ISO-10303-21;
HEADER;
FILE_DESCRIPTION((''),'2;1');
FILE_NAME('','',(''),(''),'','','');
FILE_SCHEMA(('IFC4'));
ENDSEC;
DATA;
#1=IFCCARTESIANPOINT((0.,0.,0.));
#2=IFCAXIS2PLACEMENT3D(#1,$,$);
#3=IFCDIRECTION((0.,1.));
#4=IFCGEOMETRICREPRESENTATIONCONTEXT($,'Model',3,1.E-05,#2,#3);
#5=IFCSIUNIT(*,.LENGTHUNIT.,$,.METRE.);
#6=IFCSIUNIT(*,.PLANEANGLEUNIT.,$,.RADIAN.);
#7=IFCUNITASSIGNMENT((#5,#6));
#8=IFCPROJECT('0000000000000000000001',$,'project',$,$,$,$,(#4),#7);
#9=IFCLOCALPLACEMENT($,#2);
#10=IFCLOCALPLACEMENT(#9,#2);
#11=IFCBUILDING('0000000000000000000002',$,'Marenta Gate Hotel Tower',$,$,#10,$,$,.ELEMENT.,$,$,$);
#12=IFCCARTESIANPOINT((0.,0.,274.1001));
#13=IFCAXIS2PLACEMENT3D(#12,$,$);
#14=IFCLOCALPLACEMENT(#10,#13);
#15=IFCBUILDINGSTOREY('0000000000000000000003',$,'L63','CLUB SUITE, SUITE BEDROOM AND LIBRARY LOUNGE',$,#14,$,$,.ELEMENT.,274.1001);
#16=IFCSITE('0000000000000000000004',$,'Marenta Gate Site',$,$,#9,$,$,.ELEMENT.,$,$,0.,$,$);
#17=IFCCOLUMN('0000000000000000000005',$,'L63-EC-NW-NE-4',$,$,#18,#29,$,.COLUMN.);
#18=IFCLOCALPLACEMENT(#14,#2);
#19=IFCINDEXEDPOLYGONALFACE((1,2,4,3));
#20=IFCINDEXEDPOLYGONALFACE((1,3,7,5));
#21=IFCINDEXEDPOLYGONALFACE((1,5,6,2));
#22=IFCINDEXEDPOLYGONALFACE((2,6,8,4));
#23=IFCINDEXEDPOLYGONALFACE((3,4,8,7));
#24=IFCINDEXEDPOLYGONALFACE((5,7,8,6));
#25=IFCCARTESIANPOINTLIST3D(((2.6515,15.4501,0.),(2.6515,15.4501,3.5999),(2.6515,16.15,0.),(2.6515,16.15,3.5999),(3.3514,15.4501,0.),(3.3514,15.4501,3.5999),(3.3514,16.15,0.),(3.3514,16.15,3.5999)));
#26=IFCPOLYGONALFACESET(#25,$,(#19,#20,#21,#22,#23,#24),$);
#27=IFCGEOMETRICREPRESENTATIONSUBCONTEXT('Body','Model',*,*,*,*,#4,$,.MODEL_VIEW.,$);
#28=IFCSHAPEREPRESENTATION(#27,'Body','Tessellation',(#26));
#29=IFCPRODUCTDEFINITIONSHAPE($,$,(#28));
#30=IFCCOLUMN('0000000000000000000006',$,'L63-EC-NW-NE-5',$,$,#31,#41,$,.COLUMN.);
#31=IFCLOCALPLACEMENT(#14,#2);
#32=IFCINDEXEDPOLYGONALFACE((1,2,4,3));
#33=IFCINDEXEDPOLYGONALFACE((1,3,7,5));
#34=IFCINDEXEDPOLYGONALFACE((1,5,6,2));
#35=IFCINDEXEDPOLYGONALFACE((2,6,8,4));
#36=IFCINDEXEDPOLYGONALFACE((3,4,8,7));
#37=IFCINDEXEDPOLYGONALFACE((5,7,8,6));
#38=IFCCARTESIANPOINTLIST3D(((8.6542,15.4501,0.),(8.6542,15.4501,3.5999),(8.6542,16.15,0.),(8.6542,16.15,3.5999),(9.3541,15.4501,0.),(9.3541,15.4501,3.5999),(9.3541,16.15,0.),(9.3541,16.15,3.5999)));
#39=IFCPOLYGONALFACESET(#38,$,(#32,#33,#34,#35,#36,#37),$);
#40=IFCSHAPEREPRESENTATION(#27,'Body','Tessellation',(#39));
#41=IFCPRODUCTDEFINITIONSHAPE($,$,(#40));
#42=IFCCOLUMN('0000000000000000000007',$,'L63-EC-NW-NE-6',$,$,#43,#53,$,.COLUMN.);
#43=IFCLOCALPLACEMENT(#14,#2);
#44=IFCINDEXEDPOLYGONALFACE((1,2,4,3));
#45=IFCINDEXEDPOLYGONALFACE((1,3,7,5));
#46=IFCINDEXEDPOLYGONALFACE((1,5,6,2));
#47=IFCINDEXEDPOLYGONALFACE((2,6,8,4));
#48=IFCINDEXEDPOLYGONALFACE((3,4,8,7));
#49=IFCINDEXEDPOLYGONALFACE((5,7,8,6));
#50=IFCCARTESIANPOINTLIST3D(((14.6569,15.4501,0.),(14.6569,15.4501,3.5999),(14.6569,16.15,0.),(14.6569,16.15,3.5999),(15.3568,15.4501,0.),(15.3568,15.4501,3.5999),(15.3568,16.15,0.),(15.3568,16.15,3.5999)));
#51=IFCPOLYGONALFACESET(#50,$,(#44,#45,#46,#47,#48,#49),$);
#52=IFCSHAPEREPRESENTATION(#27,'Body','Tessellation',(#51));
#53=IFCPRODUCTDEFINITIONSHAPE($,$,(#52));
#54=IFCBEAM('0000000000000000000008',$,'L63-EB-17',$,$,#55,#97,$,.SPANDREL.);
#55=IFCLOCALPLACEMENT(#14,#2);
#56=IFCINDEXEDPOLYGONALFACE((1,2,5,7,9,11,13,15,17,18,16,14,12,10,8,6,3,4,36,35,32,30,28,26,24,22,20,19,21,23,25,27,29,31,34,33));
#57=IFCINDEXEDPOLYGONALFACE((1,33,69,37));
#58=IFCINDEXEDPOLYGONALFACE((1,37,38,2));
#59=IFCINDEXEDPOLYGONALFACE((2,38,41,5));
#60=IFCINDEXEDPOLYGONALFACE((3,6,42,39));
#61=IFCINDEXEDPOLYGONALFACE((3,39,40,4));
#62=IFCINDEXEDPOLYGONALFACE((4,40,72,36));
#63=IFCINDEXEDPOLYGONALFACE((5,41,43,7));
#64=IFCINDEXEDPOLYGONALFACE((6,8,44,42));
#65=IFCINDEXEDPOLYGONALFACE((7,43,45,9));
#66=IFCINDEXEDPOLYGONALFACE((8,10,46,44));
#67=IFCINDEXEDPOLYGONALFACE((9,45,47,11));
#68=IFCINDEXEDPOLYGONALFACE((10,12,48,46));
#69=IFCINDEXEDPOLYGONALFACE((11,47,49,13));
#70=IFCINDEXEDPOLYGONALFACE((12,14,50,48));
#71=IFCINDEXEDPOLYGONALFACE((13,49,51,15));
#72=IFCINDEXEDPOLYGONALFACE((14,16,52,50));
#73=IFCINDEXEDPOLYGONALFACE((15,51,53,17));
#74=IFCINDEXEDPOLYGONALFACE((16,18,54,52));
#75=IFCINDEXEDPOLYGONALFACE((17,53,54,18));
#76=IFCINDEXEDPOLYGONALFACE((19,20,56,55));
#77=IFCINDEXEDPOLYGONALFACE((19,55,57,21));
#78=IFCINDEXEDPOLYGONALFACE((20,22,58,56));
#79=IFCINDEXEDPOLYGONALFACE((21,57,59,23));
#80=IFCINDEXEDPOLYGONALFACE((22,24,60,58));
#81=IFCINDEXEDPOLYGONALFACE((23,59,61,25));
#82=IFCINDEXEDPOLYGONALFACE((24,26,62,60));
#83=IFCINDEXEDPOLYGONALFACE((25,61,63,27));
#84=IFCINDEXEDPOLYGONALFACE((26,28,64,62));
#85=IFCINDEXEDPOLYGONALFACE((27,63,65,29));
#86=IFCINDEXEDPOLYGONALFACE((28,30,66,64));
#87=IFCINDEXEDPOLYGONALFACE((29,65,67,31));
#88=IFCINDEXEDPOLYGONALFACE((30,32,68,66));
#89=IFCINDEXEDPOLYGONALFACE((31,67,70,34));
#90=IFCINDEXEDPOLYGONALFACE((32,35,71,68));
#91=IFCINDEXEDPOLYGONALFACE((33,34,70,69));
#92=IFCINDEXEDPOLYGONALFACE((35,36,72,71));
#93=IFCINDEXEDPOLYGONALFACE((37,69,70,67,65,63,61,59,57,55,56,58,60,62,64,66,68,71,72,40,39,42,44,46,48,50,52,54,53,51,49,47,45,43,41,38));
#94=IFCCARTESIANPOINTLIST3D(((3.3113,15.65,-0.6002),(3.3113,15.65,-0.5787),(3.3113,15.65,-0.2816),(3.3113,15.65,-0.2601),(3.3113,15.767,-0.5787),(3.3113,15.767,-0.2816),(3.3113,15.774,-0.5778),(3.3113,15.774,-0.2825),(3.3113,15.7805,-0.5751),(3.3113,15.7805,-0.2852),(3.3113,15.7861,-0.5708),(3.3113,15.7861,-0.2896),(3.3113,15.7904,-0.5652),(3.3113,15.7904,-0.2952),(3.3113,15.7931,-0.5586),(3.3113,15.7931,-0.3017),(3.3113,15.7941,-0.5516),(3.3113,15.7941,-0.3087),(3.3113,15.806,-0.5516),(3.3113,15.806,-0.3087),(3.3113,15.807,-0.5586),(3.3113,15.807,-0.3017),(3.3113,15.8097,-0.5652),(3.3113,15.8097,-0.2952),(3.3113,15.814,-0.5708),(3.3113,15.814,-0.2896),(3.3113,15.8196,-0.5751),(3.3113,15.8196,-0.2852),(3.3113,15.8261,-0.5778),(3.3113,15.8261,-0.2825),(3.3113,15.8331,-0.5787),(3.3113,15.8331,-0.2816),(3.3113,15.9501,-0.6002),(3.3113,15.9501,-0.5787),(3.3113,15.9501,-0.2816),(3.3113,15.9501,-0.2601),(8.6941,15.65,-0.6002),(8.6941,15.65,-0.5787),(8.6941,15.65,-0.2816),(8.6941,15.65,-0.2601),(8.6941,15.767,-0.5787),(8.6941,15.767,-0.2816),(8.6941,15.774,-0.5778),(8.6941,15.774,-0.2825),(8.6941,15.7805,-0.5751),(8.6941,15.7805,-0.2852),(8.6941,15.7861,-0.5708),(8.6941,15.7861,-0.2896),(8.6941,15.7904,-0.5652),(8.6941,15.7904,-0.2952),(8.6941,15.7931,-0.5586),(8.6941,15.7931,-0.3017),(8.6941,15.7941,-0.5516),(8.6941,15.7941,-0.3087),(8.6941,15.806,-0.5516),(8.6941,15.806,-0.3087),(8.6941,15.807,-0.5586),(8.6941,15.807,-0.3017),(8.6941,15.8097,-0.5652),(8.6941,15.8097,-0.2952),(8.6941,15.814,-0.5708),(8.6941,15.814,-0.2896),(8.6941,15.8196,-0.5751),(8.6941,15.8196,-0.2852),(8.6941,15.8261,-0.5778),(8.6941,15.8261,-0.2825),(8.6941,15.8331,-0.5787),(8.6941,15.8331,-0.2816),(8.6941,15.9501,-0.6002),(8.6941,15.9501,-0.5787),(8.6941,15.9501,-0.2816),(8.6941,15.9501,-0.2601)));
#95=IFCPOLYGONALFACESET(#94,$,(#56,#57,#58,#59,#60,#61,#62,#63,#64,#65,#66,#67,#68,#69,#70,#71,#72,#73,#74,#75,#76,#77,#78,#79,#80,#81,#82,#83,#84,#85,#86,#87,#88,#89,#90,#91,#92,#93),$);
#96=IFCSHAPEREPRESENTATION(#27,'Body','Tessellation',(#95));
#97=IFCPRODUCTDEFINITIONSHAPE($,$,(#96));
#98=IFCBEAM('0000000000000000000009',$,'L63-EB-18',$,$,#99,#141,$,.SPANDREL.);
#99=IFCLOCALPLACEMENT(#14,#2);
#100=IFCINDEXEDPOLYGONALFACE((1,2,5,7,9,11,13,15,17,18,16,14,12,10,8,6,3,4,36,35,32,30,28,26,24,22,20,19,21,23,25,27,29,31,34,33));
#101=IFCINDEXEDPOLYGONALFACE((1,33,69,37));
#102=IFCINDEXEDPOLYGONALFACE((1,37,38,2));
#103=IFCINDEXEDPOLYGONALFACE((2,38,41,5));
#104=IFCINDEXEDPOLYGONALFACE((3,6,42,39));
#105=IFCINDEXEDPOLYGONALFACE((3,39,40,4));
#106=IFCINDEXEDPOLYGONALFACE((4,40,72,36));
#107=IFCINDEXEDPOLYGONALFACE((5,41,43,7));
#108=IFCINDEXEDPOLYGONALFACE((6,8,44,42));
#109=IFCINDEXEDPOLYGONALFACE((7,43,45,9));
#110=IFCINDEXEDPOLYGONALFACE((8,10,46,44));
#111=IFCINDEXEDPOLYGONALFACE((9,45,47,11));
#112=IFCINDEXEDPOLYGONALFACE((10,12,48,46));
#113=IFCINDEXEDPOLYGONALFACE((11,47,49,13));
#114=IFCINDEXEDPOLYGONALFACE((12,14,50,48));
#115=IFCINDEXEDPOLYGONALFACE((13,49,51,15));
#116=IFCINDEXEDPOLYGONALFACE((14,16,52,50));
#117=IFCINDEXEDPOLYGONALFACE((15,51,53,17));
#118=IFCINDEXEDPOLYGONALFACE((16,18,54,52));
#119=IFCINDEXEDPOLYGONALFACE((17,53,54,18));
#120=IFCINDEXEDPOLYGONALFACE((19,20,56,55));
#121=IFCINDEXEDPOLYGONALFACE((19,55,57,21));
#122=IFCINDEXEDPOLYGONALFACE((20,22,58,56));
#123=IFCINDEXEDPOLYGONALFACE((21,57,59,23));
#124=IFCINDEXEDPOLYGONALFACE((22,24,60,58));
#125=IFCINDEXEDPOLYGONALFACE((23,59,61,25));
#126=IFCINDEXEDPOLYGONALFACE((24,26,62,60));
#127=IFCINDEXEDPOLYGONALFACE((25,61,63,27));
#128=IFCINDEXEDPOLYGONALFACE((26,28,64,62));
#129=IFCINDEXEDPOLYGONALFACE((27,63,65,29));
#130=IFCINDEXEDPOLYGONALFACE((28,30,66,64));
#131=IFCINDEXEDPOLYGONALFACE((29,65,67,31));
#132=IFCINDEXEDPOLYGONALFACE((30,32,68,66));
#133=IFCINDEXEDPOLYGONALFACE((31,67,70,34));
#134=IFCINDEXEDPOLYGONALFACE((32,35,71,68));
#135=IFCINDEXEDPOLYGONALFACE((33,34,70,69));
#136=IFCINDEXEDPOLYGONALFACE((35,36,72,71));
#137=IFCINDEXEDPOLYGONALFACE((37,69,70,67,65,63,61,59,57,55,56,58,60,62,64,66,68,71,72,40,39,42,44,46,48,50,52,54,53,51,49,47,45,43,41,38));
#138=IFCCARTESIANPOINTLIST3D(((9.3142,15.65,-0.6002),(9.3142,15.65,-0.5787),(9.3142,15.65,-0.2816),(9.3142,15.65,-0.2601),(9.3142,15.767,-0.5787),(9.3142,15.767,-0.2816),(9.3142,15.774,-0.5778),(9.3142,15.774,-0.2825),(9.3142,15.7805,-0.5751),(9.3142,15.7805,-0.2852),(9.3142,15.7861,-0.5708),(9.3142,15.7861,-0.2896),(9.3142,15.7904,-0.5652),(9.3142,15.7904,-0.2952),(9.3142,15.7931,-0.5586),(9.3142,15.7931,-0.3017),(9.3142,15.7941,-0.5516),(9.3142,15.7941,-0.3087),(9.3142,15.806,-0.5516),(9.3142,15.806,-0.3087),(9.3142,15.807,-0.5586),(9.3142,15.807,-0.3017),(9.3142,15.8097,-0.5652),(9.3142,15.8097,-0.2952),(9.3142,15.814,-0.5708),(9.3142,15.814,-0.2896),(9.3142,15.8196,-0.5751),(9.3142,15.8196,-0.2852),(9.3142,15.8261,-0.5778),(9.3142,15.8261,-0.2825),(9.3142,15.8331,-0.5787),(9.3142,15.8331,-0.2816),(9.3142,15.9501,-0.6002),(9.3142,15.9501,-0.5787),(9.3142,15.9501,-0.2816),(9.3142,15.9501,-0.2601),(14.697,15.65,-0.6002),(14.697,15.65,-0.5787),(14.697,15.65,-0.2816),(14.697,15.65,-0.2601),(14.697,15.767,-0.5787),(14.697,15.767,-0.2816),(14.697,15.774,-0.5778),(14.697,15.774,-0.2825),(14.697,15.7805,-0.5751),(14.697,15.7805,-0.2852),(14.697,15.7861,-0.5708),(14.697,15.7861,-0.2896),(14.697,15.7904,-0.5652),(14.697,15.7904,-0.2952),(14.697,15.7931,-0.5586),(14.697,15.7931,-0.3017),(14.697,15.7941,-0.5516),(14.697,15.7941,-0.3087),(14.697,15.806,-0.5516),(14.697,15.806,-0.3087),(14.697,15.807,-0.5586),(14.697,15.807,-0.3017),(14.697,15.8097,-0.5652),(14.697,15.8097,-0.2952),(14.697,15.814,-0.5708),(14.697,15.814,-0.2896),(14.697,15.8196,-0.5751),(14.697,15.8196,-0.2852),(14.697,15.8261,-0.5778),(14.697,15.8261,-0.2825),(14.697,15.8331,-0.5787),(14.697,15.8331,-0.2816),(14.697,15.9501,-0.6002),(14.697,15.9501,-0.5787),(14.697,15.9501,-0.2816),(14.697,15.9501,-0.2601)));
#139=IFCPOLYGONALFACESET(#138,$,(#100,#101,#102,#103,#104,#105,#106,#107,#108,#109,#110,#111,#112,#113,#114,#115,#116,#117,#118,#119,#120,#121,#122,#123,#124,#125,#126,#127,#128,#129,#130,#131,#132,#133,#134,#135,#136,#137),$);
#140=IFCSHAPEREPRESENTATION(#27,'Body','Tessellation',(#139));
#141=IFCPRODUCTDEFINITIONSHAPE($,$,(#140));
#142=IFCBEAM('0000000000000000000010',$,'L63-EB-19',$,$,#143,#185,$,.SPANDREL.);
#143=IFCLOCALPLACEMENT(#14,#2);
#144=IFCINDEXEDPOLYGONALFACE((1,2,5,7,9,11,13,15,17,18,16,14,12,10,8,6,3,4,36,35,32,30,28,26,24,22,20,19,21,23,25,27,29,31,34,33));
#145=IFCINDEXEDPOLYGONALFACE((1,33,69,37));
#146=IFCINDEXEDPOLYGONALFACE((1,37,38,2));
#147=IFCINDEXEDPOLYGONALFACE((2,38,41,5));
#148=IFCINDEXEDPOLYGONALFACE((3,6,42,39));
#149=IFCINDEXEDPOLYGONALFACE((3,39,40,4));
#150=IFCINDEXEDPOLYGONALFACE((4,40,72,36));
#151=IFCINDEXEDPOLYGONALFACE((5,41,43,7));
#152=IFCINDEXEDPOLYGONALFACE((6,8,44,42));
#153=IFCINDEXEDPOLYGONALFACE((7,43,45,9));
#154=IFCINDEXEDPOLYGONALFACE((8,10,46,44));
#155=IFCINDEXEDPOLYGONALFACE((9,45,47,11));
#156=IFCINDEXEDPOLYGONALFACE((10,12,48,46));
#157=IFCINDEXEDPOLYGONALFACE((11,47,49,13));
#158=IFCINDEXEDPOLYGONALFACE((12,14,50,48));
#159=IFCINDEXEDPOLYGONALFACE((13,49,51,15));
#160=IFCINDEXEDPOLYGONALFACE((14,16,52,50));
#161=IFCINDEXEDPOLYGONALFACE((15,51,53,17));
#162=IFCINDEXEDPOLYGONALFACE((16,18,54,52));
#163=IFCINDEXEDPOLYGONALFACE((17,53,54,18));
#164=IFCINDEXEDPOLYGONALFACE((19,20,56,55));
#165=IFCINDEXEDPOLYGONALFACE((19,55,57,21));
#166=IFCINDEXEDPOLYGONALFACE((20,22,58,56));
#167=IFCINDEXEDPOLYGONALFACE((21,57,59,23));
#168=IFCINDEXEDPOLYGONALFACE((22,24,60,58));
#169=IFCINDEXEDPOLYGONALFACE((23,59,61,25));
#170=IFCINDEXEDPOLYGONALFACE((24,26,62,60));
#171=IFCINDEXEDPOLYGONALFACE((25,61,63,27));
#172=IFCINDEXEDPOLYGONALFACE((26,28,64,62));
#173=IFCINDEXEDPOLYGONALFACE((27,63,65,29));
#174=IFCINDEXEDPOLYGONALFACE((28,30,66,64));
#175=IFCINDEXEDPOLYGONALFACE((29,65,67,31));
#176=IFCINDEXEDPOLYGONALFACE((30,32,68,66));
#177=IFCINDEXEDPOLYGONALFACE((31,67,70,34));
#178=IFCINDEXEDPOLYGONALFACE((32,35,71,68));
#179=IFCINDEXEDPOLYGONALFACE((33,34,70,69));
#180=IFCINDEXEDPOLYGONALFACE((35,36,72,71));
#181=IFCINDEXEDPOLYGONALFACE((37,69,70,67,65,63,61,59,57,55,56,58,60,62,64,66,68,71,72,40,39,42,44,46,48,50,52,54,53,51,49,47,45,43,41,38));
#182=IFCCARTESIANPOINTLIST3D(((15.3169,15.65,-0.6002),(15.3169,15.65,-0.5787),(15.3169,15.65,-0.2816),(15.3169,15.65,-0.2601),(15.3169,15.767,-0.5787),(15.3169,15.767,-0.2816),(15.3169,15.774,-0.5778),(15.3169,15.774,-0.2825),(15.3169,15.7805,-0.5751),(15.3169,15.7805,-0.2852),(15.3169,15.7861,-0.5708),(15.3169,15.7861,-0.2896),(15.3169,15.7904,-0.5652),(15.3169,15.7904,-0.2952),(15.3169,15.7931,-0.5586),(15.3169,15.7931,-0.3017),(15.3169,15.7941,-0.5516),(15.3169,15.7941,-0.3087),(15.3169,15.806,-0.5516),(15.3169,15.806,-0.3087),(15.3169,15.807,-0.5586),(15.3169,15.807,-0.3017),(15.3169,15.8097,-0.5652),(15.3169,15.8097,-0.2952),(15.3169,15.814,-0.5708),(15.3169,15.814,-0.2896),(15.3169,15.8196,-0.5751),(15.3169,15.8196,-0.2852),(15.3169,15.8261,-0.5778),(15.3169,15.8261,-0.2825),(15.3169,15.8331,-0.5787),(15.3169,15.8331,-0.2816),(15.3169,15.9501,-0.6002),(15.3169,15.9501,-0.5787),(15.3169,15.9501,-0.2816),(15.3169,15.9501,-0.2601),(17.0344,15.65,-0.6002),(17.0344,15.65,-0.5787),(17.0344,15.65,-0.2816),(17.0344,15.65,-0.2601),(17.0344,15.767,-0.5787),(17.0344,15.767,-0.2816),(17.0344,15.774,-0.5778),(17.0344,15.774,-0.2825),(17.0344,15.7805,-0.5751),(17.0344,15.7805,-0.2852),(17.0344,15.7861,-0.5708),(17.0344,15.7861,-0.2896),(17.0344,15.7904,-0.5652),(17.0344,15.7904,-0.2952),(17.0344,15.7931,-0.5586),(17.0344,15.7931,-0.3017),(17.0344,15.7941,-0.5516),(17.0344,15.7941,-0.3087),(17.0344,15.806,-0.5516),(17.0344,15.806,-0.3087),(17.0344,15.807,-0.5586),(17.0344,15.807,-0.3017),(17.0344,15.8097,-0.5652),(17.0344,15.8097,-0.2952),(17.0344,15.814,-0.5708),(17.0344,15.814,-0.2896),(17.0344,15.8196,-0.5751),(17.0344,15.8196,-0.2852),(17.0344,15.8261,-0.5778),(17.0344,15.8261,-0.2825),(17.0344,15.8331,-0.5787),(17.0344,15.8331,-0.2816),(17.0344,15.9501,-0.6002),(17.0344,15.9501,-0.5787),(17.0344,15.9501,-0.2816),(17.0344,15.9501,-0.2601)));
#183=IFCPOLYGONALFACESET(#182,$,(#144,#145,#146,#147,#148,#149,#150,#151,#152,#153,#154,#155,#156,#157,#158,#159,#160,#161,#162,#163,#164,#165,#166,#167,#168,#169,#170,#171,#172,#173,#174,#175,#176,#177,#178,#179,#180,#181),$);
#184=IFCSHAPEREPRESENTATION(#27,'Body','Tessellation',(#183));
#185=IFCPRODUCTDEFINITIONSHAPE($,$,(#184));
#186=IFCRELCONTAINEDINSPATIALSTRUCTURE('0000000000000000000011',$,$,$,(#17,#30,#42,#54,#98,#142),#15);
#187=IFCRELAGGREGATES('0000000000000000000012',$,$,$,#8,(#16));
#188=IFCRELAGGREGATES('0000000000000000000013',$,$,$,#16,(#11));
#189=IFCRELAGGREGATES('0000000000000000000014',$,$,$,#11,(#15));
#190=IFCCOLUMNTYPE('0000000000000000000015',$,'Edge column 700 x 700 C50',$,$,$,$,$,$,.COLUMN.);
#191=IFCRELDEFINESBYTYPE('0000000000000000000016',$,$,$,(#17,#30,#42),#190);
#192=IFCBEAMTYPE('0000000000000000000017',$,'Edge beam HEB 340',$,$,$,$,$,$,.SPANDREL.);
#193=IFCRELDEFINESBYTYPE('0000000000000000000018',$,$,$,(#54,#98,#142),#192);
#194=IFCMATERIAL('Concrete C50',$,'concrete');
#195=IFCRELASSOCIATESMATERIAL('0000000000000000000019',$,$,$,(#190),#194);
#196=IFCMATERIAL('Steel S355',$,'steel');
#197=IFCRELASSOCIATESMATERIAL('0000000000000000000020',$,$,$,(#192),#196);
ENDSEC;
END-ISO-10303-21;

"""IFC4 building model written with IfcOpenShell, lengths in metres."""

from ifc_helpers import new_model, si_unit, direction, frame, origin, origin_2d, place, context, subcontext, project, spatial, rectangle, i_section, extrude, material, material_profile, profile_set, type_object, element, save


model = new_model("IFC4")

# Units and contexts
model_context = context("Model", 3, precision=1e-05, world=origin(), true_north=direction((0.0, 1.0)))
body_context = subcontext(model_context, "Body", "Model", "MODEL_VIEW")
ifc_project = project(units=[si_unit("LENGTHUNIT", "METRE"), si_unit("PLANEANGLEUNIT", "RADIAN")], contexts=[model_context])

# Site, building, storey
site_placement = place(None, origin())
site = spatial("IfcSite", under=ifc_project, at=site_placement, Name="Marenta Gate Site", CompositionType="ELEMENT", RefElevation=0.0)
building_placement = place(site_placement, origin())
building = spatial("IfcBuilding", under=site, at=building_placement, Name="Marenta Gate Hotel Tower", CompositionType="ELEMENT")
storey_placement = place(building_placement, frame((0.0, 0.0, 274.1001)))
storey = spatial("IfcBuildingStorey", under=building, at=storey_placement, Name="L63", Description="CLUB SUITE, SUITE BEDROOM AND LIBRARY LOUNGE", CompositionType="ELEMENT", Elevation=274.1001)

# Columns
ifc_material_1 = material(Name="Concrete C50", Category="concrete")
ifc_material_profile_1 = material_profile(ifc_material_1, rectangle(XDim=0.7, YDim=0.7, at=origin_2d()), Name="700 x 700")
ifc_profile_set_1 = profile_set([ifc_material_profile_1], Name="Concrete C50")
column_type = type_object("IfcColumnType", Name="Edge column 700 x 700 C50", PredefinedType="COLUMN", material=ifc_profile_set_1)
for number, where, z_axis, x_axis, name in (
    (1, (3.0015, 15.8, 0.0), (0.0, 0.0, 1.0), (1.0, 0.0, 0.0), "L63-EC-NW-NE-4"),
    (2, (9.0042, 15.8, 0.0), (0.0, 0.0, 1.0), (1.0, 0.0, 0.0), "L63-EC-NW-NE-5"),
    (3, (15.0068, 15.8, 0.0), (0.0, 0.0, 1.0), (1.0, 0.0, 0.0), "L63-EC-NW-NE-6"),
):
    element("IfcColumn", number, at=place(storey_placement, frame(where, z_axis=z_axis, x_axis=x_axis)), inside=storey, type_object=column_type, Name=name, PredefinedType="COLUMN", context=body_context, shape_type="SweptSolid", body=[
        extrude(rectangle(XDim=0.7, YDim=0.7, at=origin_2d()), origin(), (0.0, 0.0, 1.0), 3.5999),
    ])

# Beams
ifc_material_2 = material(Name="Steel S355", Category="steel")
ifc_material_profile_2 = material_profile(ifc_material_2, i_section(OverallWidth=0.3, OverallDepth=0.3401, WebThickness=0.012, FlangeThickness=0.0215, FilletRadius=0.0271, at=origin_2d()), Name="HEB 340")
ifc_profile_set_2 = profile_set([ifc_material_profile_2], Name="Steel S355")
beam_type_1 = type_object("IfcBeamType", Name="Edge beam HEB 340", PredefinedType="SPANDREL", material=ifc_profile_set_2)
for number, where, z_axis, x_axis, name in (
    (4, (3.3113, 15.8, -0.4302), (1.0, 0.0, 0.0), (0.0, 1.0, 0.0), "L63-EB-17"),
    (5, (9.3142, 15.8, -0.4302), (1.0, 0.0, 0.0), (0.0, 1.0, 0.0), "L63-EB-18"),
):
    element("IfcBeam", number, at=place(storey_placement, frame(where, z_axis=z_axis, x_axis=x_axis)), inside=storey, type_object=beam_type_1, Name=name, PredefinedType="SPANDREL", context=body_context, shape_type="SweptSolid", body=[
        extrude(i_section(OverallWidth=0.3, OverallDepth=0.3401, WebThickness=0.012, FlangeThickness=0.0215, FilletRadius=0.0271, at=origin_2d()), origin(), (0.0, 0.0, 1.0), 5.3828),
    ])
beam_1_placement = place(storey_placement, frame((15.3169, 15.8, -0.4302), z_axis=(1.0, 0.0, 0.0), x_axis=(0.0, 1.0, 0.0)))
element("IfcBeam", 6, at=beam_1_placement, inside=storey, type_object=beam_type_1, Name="L63-EB-19", PredefinedType="SPANDREL", context=body_context, shape_type="SweptSolid", body=[
    extrude(i_section(OverallWidth=0.3, OverallDepth=0.3401, WebThickness=0.012, FlangeThickness=0.0215, FilletRadius=0.0271, at=origin_2d()), origin(), (0.0, 0.0, 1.0), 1.7175),
])

save(model, "model.ifc")
